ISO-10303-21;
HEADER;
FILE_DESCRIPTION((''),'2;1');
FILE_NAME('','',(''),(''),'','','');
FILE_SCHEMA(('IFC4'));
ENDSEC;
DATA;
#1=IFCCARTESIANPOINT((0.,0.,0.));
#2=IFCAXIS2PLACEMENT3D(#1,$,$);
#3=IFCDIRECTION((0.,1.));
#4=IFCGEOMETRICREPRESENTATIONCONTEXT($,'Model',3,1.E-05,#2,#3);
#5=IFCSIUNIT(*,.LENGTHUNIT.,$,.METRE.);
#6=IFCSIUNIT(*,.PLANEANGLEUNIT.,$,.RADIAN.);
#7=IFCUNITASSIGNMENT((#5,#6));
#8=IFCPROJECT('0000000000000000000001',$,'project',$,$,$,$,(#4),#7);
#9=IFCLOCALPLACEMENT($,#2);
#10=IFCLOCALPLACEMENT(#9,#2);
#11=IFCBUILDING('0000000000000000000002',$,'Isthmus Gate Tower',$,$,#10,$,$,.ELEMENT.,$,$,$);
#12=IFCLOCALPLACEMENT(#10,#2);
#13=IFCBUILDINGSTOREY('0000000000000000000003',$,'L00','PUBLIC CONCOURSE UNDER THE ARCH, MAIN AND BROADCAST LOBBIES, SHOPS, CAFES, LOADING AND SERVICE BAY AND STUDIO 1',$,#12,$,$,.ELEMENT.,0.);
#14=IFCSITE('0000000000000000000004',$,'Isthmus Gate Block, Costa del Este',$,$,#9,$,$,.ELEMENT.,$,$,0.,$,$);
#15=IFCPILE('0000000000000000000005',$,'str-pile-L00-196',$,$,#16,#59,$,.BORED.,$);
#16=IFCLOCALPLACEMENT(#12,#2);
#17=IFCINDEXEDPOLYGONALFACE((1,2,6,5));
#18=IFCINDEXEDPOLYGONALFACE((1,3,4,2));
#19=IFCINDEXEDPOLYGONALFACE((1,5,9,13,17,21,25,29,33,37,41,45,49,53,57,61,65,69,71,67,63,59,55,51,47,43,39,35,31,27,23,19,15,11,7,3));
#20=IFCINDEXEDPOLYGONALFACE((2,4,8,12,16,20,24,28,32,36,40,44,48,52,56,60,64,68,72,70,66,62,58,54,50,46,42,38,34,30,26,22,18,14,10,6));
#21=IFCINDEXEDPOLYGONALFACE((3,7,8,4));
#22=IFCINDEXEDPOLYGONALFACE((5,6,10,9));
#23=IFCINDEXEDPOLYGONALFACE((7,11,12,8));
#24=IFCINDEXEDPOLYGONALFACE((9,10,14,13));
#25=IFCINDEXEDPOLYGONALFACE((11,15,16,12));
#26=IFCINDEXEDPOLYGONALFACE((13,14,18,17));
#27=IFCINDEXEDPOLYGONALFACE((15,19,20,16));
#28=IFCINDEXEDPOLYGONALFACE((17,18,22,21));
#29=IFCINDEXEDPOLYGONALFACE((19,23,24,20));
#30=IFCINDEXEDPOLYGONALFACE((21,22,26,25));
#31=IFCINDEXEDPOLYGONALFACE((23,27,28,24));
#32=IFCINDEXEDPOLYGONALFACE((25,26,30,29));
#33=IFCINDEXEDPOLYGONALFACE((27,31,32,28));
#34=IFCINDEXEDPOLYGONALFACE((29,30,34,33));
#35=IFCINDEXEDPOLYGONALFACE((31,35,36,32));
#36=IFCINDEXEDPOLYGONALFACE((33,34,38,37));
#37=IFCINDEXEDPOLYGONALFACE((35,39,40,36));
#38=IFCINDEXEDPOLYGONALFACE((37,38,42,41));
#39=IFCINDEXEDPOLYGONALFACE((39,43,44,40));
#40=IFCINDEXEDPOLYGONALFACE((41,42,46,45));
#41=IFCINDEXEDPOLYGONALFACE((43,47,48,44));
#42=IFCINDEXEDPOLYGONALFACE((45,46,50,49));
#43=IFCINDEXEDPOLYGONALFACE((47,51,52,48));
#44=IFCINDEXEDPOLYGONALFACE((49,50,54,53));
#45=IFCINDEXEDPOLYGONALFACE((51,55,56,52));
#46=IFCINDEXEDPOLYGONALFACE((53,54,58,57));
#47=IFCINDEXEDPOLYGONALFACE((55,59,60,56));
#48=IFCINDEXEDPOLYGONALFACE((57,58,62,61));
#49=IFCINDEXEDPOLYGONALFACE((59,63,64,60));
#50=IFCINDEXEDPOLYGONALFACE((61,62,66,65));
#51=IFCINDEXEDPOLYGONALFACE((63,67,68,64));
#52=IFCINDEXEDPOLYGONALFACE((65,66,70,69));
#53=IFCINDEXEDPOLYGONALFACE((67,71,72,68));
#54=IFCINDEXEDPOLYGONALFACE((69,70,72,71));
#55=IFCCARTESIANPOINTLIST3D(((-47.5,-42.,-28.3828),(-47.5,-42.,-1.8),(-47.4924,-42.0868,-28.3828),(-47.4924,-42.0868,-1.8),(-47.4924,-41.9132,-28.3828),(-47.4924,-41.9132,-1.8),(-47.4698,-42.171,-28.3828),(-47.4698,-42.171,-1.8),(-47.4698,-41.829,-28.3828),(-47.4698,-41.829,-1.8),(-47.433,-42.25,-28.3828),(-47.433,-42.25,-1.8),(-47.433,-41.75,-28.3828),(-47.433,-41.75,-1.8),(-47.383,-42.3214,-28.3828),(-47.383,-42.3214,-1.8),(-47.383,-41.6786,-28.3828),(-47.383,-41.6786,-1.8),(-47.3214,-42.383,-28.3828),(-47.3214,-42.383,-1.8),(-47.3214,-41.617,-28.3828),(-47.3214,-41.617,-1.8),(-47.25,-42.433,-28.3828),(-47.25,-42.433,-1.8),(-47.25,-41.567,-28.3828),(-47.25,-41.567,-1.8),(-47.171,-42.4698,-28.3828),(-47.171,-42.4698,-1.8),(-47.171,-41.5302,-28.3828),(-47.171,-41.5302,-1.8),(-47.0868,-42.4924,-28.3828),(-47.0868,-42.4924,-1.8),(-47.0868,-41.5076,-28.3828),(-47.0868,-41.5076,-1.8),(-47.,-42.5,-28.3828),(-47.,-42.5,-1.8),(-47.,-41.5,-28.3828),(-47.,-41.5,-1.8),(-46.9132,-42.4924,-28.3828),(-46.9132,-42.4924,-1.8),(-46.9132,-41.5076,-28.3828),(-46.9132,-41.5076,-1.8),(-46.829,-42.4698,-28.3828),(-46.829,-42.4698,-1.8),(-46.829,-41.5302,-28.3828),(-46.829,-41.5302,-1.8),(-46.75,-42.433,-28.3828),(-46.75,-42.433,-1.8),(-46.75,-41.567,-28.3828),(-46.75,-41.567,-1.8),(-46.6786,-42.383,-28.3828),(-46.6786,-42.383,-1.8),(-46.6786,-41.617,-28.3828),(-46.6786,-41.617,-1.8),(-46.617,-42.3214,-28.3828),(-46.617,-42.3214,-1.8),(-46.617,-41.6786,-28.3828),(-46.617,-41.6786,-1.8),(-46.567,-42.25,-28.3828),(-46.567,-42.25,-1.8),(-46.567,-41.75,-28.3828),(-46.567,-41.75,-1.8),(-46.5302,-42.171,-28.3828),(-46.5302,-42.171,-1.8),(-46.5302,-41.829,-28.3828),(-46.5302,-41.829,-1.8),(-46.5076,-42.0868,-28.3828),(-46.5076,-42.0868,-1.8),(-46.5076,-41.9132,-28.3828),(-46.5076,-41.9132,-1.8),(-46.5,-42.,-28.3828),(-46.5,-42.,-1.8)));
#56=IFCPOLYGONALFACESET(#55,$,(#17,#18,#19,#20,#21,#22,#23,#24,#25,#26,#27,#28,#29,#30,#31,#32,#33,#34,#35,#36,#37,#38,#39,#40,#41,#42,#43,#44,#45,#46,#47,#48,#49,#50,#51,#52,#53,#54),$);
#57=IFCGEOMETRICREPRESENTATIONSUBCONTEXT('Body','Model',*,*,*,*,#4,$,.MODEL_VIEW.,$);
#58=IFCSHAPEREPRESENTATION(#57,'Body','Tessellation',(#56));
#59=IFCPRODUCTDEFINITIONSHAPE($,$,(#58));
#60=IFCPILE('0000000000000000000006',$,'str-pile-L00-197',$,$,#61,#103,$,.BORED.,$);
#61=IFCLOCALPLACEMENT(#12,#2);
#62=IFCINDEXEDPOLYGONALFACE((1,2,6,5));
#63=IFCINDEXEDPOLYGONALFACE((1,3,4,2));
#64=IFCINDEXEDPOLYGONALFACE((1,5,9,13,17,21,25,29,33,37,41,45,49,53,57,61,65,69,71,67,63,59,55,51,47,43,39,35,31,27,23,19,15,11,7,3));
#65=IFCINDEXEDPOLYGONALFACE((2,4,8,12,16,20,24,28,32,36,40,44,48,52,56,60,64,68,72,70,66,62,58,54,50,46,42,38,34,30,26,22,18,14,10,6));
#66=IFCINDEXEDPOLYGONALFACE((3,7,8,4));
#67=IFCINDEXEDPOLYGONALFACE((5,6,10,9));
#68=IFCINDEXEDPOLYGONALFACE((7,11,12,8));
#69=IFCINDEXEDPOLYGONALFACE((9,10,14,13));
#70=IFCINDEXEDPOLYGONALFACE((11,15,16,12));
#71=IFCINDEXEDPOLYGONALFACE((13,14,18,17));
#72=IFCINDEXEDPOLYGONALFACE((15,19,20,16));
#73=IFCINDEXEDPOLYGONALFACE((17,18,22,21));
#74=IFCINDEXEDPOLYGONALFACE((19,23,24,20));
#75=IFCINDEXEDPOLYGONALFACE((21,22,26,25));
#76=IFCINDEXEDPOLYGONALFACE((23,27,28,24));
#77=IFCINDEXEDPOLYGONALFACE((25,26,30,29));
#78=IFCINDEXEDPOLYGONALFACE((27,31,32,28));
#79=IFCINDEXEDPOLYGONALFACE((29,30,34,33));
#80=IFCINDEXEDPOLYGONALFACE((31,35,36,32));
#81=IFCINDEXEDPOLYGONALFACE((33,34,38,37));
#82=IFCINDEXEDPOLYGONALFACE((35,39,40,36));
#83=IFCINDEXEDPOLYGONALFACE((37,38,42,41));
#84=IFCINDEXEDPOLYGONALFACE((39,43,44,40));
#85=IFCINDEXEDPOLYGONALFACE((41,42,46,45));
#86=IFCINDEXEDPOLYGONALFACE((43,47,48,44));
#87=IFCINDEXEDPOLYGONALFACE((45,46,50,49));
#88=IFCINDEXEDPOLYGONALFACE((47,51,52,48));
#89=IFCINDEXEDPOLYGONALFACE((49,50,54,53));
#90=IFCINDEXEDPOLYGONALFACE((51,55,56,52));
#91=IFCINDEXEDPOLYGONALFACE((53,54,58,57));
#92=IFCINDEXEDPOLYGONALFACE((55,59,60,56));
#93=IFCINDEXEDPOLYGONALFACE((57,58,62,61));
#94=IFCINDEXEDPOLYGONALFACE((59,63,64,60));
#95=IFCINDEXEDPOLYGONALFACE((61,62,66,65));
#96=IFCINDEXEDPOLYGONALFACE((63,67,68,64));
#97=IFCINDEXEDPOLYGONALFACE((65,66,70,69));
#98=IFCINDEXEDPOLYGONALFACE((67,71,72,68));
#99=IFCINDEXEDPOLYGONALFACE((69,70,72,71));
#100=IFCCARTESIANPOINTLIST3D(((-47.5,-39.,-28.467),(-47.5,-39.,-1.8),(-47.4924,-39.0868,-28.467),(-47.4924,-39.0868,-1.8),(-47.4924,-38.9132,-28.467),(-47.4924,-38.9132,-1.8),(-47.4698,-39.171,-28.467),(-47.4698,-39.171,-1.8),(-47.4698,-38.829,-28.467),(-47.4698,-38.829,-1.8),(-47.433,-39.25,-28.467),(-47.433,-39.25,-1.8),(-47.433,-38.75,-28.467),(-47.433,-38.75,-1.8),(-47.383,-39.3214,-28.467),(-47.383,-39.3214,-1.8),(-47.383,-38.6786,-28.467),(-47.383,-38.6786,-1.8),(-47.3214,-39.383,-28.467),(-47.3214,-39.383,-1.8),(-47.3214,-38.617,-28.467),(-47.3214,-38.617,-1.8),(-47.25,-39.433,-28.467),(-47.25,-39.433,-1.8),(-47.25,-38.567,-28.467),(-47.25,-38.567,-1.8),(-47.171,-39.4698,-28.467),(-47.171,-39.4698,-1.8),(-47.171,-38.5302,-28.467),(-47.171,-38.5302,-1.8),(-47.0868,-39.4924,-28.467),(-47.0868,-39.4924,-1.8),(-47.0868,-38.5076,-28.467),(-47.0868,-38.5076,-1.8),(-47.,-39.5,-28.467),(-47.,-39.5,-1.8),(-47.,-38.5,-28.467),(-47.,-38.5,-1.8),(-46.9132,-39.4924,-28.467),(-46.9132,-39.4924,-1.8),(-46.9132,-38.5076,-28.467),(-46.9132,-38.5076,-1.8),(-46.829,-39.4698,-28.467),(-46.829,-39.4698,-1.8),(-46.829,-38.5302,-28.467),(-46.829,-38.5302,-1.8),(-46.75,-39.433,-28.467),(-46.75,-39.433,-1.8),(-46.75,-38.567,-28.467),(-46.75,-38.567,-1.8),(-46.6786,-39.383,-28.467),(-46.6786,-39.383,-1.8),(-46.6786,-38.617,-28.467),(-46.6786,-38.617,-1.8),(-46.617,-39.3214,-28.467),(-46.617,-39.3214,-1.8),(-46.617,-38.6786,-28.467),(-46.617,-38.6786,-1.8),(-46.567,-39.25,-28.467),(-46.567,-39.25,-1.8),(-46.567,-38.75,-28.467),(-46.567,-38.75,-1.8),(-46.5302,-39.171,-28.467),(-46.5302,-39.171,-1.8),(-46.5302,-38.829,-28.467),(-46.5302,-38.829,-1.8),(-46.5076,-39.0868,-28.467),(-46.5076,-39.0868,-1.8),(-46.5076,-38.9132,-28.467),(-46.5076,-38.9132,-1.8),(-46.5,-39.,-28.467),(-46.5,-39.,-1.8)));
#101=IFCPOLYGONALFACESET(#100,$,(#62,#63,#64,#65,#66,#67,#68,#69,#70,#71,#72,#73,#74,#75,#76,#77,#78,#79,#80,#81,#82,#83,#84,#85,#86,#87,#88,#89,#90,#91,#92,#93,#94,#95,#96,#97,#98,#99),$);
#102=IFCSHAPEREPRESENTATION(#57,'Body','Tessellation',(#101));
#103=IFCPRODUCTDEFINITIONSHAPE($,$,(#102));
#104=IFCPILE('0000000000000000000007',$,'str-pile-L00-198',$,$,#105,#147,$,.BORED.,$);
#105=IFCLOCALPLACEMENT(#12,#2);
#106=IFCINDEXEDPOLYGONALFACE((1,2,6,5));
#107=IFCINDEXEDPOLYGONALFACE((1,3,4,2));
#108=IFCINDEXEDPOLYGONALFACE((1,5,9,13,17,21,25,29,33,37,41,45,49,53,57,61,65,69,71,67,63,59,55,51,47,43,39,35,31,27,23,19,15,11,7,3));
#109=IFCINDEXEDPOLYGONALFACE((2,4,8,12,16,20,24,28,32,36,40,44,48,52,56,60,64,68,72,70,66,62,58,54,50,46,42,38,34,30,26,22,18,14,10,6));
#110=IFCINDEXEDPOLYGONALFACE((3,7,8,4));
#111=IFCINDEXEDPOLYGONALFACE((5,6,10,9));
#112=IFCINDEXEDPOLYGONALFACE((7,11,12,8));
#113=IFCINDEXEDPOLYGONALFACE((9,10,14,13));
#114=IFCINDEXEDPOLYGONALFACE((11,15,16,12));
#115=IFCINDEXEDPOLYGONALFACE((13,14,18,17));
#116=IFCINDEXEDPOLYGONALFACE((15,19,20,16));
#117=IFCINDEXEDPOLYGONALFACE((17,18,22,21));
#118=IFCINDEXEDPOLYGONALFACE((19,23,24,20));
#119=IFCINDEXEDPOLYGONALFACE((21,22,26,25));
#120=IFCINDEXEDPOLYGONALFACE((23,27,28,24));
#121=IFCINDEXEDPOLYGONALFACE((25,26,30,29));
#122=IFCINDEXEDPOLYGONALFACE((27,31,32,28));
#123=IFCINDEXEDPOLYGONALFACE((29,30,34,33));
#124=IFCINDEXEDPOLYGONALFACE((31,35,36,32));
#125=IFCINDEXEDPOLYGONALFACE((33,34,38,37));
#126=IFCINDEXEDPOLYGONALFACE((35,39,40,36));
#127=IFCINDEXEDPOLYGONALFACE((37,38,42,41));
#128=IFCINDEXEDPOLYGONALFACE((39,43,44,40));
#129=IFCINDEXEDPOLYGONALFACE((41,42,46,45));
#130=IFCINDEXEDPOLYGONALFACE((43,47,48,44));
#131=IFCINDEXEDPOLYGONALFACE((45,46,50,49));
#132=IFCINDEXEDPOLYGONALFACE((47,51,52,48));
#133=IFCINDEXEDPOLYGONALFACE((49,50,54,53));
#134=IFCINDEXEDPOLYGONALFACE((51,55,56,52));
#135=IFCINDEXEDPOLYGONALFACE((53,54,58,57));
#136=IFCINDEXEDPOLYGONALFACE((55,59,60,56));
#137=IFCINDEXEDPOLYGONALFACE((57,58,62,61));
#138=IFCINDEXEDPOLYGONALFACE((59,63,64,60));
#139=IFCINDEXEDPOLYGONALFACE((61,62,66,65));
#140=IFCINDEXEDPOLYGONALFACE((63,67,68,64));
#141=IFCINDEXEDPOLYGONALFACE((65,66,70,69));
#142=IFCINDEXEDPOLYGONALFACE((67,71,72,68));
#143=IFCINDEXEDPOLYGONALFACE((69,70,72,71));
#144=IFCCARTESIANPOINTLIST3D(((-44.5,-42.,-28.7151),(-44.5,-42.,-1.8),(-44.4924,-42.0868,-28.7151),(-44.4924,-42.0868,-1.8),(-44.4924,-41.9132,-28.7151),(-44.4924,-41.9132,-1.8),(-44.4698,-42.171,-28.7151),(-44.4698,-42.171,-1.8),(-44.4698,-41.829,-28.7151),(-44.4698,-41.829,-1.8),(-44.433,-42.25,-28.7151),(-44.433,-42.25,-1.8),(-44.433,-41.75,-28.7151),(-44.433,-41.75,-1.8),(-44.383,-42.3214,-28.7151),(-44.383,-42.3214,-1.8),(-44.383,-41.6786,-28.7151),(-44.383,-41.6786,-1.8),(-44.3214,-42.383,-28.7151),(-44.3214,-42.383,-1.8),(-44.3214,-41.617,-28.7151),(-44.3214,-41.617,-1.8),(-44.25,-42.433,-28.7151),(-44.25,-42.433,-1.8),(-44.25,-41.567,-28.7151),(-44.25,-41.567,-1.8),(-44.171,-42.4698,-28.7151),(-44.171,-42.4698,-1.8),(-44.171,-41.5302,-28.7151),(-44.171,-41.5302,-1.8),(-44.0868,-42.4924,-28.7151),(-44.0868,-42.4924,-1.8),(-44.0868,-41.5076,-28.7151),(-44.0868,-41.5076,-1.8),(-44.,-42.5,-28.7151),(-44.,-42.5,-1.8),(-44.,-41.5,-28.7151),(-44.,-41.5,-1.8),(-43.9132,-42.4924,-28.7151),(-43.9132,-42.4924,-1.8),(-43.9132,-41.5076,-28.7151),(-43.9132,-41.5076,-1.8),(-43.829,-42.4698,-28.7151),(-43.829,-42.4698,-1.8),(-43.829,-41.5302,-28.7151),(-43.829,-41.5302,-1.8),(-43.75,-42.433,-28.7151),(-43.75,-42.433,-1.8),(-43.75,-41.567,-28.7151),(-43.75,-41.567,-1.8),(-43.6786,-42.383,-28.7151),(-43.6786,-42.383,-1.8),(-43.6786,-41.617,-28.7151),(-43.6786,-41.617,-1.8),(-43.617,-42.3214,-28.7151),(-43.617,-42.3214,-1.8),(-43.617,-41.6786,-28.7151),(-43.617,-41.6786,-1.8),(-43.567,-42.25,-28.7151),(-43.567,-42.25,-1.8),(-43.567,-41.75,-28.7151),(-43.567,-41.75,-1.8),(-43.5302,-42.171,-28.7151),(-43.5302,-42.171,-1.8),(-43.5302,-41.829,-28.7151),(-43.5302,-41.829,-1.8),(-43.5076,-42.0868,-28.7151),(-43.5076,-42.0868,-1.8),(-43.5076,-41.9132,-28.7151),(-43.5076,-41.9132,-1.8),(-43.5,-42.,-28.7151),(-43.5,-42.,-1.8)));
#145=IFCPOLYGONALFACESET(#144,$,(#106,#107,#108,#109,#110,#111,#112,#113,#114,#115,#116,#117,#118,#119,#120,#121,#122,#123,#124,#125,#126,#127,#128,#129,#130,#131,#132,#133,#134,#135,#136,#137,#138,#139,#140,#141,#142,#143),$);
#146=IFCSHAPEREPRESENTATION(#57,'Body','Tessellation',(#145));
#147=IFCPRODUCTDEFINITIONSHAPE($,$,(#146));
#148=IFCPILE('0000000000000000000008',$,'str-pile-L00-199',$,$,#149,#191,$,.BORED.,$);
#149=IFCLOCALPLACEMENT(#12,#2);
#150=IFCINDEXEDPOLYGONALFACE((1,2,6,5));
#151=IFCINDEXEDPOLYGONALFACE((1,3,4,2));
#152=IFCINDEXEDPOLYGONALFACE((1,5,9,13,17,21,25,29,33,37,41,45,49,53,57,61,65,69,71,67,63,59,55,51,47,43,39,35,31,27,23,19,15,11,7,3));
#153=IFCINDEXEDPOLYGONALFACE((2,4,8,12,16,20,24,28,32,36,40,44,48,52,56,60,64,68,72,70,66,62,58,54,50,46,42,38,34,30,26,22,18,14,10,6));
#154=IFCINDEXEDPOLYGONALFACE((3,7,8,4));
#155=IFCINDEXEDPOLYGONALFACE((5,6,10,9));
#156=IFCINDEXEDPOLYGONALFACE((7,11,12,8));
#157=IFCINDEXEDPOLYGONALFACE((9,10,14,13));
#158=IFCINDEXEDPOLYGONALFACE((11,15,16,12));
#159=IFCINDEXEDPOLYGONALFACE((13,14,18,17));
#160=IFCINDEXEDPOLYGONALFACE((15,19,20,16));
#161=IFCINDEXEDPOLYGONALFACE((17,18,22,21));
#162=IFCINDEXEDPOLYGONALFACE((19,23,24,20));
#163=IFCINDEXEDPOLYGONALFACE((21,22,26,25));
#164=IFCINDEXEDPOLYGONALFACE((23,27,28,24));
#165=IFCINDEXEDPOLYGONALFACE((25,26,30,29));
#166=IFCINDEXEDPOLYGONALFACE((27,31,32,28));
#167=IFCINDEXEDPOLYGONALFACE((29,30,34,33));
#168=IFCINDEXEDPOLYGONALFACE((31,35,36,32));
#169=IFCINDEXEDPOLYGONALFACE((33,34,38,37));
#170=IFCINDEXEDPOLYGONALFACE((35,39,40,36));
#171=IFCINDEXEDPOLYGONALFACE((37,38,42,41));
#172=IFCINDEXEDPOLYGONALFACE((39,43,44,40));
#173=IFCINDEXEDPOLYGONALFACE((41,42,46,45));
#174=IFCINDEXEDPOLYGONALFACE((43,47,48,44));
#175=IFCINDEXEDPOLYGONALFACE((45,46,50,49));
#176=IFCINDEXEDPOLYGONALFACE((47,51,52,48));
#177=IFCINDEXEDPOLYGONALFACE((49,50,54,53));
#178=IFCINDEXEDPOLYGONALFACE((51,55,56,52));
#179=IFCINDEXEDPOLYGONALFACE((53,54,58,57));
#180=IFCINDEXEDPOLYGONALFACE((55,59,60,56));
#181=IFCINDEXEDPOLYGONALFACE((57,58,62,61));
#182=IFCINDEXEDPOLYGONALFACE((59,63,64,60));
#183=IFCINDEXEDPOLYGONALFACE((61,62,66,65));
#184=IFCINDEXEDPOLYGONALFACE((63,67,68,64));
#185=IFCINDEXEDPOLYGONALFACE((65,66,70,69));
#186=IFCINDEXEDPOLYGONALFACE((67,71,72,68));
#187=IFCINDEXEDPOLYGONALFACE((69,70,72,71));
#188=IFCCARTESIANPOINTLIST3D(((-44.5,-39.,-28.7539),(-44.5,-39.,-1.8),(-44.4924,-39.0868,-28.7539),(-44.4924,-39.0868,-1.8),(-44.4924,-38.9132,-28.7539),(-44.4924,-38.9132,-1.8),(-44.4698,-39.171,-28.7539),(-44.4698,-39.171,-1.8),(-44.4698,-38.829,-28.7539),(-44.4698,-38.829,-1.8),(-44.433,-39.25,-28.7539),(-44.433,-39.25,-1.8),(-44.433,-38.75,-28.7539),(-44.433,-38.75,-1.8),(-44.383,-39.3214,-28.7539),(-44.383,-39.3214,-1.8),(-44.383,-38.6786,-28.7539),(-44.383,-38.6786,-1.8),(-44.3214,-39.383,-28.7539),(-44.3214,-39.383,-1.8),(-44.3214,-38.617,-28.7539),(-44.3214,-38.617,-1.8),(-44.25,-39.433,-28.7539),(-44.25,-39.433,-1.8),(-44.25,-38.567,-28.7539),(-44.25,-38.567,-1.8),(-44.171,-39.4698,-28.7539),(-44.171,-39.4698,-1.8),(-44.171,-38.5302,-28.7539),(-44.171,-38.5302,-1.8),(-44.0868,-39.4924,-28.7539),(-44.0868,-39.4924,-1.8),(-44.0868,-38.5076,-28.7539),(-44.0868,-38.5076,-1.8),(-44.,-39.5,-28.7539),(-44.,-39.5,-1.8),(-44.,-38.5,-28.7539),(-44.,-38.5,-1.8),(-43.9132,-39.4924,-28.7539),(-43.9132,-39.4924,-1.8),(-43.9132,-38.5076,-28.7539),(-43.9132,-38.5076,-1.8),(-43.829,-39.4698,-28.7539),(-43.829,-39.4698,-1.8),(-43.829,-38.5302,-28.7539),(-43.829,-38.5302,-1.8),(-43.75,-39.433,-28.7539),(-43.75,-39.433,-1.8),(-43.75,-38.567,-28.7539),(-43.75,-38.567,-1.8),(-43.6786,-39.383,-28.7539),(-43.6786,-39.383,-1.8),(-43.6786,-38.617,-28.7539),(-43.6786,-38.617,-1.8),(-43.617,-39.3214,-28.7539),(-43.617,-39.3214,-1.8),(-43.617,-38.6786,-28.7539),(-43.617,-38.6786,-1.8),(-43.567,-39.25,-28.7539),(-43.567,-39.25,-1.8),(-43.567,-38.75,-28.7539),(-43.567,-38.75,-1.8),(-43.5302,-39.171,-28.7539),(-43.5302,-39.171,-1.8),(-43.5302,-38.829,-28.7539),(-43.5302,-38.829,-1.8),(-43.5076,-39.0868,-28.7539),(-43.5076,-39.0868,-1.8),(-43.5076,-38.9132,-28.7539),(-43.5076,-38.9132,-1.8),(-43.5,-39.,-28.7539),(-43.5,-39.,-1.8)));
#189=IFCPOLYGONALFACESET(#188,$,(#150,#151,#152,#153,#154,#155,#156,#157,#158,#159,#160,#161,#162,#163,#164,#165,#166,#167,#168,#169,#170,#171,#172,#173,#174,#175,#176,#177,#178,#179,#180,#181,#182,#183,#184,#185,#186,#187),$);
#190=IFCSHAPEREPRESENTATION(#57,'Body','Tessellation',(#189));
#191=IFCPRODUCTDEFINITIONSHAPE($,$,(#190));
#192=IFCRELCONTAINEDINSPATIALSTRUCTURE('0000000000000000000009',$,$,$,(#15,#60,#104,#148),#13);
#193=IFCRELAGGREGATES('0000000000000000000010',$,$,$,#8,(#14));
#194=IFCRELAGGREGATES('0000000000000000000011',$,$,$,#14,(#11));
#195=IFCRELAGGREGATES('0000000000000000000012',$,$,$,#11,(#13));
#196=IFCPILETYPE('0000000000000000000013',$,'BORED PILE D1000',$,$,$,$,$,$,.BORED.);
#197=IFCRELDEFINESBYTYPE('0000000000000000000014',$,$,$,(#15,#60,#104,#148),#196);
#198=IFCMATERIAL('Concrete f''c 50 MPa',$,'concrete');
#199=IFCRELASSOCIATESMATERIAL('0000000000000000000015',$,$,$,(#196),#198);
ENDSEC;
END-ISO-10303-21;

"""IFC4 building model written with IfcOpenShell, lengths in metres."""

from ifc_helpers import new_model, si_unit, direction, frame, origin, origin_2d, place, context, subcontext, project, spatial, circle, extrude, material, material_profile, profile_set, type_object, element, save


model = new_model("IFC4")

# Units and contexts
model_context = context("Model", 3, precision=1e-05, world=origin(), true_north=direction((0.0, 1.0)))
body_context = subcontext(model_context, "Body", "Model", "MODEL_VIEW")
ifc_project = project(units=[si_unit("LENGTHUNIT", "METRE"), si_unit("PLANEANGLEUNIT", "RADIAN")], contexts=[model_context])

# Site, building, storey
site_placement = place(None, origin())
site = spatial("IfcSite", under=ifc_project, at=site_placement, Name="Isthmus Gate Block, Costa del Este", CompositionType="ELEMENT", RefElevation=0.0)
building_placement = place(site_placement, origin())
building = spatial("IfcBuilding", under=site, at=building_placement, Name="Isthmus Gate Tower", CompositionType="ELEMENT")
storey_placement = place(building_placement, origin())
storey = spatial("IfcBuildingStorey", under=building, at=storey_placement, Name="L00", Description="PUBLIC CONCOURSE UNDER THE ARCH, MAIN AND BROADCAST LOBBIES, SHOPS, CAFES, LOADING AND SERVICE BAY AND STUDIO 1", CompositionType="ELEMENT", Elevation=0.0)

# Piles
ifc_material_1 = material(Name="Concrete f'c 50 MPa", Category="concrete")
ifc_material_profile_1 = material_profile(ifc_material_1, circle(Radius=0.5, at=origin_2d()), Name="D1000")
ifc_profile_set_1 = profile_set([ifc_material_profile_1], Name="Concrete f'c 50 MPa")
pile_type = type_object("IfcPileType", Name="BORED PILE D1000", PredefinedType="BORED", material=ifc_profile_set_1)
pile_1_placement = place(storey_placement, frame((-47.0, -42.0, -1.8), z_axis=(0.0, 0.0, -1.0), x_axis=(1.0, 0.0, 0.0)))
element("IfcPile", 1, at=pile_1_placement, inside=storey, type_object=pile_type, Name="str-pile-L00-196", PredefinedType="BORED", context=body_context, shape_type="SweptSolid", body=[
    extrude(circle(Radius=0.5, at=origin_2d()), origin(), (0.0, 0.0, 1.0), 26.5828),
])
pile_2_placement = place(storey_placement, frame((-47.0, -39.0, -1.8), z_axis=(0.0, 0.0, -1.0), x_axis=(1.0, 0.0, 0.0)))
element("IfcPile", 2, at=pile_2_placement, inside=storey, type_object=pile_type, Name="str-pile-L00-197", PredefinedType="BORED", context=body_context, shape_type="SweptSolid", body=[
    extrude(circle(Radius=0.5, at=origin_2d()), origin(), (0.0, 0.0, 1.0), 26.667),
])
pile_3_placement = place(storey_placement, frame((-44.0, -42.0, -1.8), z_axis=(0.0, 0.0, -1.0), x_axis=(1.0, 0.0, 0.0)))
element("IfcPile", 3, at=pile_3_placement, inside=storey, type_object=pile_type, Name="str-pile-L00-198", PredefinedType="BORED", context=body_context, shape_type="SweptSolid", body=[
    extrude(circle(Radius=0.5, at=origin_2d()), origin(), (0.0, 0.0, 1.0), 26.915),
])
pile_4_placement = place(storey_placement, frame((-44.0, -39.0, -1.8), z_axis=(0.0, 0.0, -1.0), x_axis=(1.0, 0.0, 0.0)))
element("IfcPile", 4, at=pile_4_placement, inside=storey, type_object=pile_type, Name="str-pile-L00-199", PredefinedType="BORED", context=body_context, shape_type="SweptSolid", body=[
    extrude(circle(Radius=0.5, at=origin_2d()), origin(), (0.0, 0.0, 1.0), 26.9539),
])

save(model, "model.ifc")
